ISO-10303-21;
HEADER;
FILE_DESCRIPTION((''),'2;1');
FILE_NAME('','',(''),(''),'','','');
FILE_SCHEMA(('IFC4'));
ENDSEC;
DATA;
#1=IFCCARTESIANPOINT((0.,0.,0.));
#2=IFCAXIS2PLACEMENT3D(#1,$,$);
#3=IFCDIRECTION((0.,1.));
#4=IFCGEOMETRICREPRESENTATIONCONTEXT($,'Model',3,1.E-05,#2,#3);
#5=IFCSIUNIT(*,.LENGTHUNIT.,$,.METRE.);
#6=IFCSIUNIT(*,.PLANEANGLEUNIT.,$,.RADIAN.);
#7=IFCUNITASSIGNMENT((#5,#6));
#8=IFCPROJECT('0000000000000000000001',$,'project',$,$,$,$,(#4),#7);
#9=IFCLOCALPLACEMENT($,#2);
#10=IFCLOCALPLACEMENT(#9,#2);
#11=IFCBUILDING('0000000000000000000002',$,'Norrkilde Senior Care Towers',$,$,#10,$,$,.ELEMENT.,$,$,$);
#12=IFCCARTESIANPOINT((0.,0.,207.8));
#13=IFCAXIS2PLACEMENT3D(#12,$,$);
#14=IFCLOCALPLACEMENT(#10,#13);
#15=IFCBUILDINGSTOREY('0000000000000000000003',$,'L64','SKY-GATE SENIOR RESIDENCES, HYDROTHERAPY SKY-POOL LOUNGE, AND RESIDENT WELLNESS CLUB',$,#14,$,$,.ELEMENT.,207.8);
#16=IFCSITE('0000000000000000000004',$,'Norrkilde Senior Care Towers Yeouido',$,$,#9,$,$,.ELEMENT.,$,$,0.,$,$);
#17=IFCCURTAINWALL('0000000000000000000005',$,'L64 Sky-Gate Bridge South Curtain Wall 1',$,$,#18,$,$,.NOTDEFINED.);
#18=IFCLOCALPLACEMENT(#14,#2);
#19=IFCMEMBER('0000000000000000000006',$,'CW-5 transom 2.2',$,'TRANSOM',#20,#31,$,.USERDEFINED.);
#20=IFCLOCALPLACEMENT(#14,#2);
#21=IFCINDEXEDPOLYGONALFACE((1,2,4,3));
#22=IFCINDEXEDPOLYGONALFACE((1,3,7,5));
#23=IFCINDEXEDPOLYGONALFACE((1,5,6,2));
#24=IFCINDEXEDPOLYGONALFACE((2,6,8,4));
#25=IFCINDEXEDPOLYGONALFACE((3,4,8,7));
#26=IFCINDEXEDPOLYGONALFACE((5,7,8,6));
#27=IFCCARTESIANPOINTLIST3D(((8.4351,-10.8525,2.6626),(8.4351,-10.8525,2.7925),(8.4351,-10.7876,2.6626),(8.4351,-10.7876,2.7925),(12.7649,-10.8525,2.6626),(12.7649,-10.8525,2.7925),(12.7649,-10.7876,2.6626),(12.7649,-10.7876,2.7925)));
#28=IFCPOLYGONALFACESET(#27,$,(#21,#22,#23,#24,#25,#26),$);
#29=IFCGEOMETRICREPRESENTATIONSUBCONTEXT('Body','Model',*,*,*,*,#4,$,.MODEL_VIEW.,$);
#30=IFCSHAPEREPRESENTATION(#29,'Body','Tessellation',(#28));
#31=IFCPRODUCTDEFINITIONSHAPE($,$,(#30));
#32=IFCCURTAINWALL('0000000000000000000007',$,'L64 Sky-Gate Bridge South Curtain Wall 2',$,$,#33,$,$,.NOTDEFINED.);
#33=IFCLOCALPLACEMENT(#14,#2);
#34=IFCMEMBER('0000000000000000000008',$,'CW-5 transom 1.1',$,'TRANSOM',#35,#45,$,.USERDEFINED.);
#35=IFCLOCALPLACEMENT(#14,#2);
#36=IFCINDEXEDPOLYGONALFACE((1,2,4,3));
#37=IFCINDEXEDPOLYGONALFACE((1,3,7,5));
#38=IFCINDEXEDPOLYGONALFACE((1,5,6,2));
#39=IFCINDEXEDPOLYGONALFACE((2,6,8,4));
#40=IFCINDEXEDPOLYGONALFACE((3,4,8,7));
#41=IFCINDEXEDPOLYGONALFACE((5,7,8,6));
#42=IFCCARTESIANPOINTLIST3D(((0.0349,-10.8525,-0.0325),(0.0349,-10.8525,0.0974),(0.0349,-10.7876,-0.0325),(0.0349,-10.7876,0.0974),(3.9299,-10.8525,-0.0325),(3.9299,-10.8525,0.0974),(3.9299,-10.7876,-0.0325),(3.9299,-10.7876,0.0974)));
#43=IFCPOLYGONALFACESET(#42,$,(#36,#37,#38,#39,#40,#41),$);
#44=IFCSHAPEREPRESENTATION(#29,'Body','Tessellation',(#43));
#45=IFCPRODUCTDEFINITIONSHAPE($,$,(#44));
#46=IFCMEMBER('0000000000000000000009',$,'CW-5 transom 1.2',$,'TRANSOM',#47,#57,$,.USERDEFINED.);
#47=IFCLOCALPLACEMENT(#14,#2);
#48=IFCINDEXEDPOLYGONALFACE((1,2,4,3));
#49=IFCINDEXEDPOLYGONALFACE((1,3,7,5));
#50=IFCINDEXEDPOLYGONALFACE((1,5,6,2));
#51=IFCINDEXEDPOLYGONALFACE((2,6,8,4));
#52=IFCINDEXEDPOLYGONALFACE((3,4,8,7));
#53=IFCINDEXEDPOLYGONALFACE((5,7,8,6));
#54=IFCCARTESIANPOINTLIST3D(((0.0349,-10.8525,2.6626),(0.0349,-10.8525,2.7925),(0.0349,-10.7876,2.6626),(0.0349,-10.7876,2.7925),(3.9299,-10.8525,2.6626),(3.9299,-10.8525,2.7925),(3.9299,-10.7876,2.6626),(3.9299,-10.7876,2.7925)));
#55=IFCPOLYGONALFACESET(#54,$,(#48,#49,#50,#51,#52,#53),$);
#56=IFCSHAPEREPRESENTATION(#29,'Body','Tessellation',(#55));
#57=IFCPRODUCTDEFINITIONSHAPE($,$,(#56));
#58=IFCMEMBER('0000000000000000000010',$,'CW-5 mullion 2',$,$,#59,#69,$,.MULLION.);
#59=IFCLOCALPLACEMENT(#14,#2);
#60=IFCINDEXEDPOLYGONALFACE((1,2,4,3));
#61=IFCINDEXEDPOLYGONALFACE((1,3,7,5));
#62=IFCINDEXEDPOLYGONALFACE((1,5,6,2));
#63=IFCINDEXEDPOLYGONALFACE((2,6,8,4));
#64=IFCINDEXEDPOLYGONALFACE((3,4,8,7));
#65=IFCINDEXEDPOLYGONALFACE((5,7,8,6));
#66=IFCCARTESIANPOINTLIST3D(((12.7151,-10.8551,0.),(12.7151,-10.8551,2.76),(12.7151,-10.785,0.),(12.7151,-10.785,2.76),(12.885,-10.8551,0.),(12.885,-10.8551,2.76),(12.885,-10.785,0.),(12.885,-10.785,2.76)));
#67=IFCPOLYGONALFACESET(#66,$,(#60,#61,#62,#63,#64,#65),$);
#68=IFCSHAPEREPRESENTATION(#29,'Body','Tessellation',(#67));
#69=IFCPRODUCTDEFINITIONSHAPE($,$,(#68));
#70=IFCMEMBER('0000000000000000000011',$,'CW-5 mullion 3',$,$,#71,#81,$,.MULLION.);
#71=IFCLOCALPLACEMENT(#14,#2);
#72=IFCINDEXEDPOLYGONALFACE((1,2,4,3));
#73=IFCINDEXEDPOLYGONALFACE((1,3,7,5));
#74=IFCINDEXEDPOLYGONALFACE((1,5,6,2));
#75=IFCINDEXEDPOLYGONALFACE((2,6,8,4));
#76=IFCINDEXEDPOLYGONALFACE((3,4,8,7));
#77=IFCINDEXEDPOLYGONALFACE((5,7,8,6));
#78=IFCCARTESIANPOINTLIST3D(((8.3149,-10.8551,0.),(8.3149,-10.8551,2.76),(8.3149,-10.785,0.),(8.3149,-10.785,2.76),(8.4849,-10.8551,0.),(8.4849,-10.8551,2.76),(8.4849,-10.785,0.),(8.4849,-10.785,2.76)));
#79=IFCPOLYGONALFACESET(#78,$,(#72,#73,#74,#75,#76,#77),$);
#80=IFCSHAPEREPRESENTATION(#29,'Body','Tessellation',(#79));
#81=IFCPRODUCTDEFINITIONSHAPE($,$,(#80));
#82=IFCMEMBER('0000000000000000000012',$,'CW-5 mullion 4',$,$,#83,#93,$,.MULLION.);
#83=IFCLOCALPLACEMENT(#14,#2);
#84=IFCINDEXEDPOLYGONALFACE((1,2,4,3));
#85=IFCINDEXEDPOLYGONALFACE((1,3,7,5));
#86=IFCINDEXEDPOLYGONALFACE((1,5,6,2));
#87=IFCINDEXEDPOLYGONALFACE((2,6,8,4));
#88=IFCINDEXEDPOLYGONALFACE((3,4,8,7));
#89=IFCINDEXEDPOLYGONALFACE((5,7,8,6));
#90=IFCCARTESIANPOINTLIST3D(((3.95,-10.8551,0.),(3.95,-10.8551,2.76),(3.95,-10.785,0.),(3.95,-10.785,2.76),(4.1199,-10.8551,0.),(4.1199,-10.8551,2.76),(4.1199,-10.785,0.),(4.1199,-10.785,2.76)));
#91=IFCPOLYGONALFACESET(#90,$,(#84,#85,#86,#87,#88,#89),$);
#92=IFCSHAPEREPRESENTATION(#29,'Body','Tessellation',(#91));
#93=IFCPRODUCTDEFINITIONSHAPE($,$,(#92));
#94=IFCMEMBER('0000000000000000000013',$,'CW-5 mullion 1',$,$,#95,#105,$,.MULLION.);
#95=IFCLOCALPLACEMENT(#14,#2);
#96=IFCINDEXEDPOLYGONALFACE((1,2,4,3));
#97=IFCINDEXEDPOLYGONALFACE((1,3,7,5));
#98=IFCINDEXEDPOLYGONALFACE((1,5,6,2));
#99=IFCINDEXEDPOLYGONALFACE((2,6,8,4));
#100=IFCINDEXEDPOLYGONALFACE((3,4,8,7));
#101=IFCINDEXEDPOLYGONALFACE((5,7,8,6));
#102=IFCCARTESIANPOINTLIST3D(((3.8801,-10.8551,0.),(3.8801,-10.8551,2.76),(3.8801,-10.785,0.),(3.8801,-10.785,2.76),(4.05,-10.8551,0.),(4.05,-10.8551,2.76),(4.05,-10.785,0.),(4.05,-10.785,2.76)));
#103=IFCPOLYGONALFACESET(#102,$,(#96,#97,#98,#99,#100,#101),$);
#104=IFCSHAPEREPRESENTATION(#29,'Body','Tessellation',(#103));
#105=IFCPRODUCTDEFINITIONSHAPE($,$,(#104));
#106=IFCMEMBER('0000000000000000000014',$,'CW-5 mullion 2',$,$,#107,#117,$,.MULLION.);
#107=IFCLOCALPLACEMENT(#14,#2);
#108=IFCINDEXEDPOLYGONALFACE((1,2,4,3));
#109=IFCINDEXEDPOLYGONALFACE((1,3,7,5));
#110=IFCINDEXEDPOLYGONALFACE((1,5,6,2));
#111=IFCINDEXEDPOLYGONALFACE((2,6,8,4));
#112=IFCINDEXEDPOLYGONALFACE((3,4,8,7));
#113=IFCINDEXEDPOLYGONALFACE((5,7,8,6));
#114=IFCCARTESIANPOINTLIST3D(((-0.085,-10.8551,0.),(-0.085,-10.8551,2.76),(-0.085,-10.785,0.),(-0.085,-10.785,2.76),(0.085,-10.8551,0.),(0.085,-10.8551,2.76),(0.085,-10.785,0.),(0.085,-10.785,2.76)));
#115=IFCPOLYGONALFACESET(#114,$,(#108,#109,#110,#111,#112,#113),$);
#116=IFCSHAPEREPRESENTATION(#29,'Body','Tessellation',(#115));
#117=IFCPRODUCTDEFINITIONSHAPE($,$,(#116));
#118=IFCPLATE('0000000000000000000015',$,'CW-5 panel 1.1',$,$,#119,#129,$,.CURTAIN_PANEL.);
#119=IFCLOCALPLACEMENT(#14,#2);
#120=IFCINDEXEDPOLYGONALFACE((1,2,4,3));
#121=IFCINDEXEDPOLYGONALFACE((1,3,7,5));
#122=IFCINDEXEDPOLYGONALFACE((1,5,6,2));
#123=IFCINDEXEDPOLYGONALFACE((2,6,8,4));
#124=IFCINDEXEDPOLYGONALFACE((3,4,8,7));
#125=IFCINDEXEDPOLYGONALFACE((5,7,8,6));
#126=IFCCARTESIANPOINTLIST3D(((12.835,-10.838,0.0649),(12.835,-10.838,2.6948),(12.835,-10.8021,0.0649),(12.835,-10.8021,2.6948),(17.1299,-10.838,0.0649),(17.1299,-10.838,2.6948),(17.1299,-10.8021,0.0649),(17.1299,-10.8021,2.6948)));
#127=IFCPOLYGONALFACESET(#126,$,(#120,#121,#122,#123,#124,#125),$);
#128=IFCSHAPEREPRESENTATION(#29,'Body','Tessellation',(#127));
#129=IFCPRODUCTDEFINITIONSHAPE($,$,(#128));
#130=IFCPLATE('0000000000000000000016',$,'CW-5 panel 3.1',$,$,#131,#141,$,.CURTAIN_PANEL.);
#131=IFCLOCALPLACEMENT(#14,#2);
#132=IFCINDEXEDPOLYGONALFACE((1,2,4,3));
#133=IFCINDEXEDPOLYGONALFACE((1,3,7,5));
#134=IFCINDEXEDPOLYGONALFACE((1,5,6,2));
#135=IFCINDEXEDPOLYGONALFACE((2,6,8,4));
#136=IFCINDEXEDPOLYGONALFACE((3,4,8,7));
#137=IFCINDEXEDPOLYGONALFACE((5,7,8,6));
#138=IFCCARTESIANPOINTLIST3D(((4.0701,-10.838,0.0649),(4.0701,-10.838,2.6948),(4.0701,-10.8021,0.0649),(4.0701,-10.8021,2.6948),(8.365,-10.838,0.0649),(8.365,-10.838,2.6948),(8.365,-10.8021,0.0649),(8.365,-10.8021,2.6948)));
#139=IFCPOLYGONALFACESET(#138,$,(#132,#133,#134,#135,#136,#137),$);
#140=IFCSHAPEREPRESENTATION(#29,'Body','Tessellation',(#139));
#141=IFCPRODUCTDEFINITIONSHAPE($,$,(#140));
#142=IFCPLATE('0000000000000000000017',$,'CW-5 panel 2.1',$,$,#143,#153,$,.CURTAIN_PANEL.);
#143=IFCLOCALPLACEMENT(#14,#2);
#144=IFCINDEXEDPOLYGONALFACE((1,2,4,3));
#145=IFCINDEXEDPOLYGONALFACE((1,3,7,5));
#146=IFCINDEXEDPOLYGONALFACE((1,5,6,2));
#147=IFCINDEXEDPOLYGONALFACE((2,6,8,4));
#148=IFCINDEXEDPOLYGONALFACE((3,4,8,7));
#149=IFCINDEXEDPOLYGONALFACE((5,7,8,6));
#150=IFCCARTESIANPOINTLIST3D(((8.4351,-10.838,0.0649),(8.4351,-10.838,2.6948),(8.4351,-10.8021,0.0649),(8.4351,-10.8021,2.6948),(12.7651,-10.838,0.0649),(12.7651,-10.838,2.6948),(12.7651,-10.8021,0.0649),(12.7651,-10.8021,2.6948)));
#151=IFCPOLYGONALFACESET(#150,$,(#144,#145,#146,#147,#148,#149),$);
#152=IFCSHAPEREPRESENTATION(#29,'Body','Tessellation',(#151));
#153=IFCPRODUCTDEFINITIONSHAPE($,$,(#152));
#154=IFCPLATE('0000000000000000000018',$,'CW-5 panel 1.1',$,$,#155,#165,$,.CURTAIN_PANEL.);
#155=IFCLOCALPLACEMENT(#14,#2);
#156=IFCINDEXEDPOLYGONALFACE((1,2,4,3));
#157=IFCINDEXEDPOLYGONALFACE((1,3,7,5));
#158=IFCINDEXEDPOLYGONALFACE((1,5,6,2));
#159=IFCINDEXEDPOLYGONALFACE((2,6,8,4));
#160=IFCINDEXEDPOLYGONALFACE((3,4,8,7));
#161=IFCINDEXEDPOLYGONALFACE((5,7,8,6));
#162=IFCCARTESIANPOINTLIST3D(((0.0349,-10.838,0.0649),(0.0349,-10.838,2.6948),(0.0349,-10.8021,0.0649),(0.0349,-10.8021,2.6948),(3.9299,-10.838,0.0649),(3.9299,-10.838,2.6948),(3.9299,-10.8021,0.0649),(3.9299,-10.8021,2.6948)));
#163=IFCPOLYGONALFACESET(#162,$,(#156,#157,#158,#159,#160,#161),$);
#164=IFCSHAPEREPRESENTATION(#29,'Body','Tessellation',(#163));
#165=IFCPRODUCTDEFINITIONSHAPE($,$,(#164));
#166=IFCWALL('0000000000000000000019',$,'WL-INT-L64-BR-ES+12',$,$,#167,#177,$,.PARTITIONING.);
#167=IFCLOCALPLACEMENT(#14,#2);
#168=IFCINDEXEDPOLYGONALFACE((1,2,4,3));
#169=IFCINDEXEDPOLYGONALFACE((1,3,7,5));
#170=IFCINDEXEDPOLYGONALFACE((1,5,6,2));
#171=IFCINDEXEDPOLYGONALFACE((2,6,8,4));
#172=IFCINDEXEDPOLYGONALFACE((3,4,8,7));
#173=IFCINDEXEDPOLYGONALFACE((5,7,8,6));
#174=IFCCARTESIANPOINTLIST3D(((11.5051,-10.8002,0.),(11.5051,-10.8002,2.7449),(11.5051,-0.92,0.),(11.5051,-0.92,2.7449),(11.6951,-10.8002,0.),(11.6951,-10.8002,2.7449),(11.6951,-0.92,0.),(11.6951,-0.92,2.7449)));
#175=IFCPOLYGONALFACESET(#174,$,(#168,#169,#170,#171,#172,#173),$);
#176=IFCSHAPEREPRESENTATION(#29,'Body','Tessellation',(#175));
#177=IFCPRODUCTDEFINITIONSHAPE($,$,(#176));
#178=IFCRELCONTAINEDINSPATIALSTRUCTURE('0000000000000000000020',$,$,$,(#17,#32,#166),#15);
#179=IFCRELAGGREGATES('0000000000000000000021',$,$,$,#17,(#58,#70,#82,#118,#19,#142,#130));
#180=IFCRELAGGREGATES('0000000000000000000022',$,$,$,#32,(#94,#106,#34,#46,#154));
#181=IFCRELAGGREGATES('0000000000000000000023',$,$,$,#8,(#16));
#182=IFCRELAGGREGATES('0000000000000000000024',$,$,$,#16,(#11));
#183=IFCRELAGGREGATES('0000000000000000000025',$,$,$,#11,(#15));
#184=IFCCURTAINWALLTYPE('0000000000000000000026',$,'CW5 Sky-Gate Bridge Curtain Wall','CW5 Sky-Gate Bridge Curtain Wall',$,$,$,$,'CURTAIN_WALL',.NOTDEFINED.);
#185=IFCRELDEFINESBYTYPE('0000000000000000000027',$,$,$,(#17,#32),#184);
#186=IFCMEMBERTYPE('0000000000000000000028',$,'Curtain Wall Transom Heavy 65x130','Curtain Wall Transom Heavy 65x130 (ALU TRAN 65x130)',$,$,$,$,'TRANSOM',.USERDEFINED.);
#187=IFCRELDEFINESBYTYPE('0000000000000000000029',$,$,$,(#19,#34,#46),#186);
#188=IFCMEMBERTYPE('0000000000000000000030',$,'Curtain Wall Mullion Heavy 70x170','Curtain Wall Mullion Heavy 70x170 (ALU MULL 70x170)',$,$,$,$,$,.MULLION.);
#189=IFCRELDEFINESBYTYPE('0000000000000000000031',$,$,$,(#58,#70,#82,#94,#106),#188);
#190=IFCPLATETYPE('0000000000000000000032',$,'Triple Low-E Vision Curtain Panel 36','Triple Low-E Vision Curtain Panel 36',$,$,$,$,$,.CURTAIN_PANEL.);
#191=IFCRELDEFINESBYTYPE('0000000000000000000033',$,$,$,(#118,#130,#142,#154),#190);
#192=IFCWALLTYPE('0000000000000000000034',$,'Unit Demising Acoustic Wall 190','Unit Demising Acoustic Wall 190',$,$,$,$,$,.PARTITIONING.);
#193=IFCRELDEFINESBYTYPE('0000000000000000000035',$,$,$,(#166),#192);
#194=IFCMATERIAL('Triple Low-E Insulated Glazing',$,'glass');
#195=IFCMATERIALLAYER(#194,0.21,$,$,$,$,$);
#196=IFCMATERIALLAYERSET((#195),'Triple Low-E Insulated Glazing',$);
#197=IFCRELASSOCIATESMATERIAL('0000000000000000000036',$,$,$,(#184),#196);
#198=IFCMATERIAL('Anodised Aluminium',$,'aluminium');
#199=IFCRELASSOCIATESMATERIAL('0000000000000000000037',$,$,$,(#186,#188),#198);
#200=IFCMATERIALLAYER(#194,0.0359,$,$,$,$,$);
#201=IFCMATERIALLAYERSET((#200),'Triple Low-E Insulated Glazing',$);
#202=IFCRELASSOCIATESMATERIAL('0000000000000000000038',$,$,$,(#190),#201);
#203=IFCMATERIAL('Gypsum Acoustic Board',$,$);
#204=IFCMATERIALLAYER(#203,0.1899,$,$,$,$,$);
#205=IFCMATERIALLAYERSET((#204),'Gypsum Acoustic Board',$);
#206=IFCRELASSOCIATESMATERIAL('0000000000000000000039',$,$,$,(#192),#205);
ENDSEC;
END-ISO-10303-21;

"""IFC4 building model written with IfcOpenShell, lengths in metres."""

from ifc_helpers import new_model, si_unit, direction, frame, frame_2d, origin, origin_2d, place, context, subcontext, project, spatial, rectangle, extrude, source, transform, mapped, material, layer, layer_set, material_profile, profile_set, type_object, type_shapes, element, aggregate, save


model = new_model("IFC4")

# Units and contexts
model_context = context("Model", 3, precision=1e-05, world=origin(), true_north=direction((0.0, 1.0)))
body_context = subcontext(model_context, "Body", "Model", "MODEL_VIEW")
ifc_project = project(units=[si_unit("LENGTHUNIT", "METRE"), si_unit("PLANEANGLEUNIT", "RADIAN")], contexts=[model_context])

# Site, building, storey
site_placement = place(None, origin())
site = spatial("IfcSite", under=ifc_project, at=site_placement, Name="Norrkilde Senior Care Towers Yeouido", CompositionType="ELEMENT", RefElevation=0.0)
building_placement = place(site_placement, origin())
building = spatial("IfcBuilding", under=site, at=building_placement, Name="Norrkilde Senior Care Towers", CompositionType="ELEMENT")
storey_placement = place(building_placement, frame((0.0, 0.0, 207.8)))
storey = spatial("IfcBuildingStorey", under=building, at=storey_placement, Name="L64", Description="SKY-GATE SENIOR RESIDENCES, HYDROTHERAPY SKY-POOL LOUNGE, AND RESIDENT WELLNESS CLUB", CompositionType="ELEMENT", Elevation=207.8)

# Curtain walls, members
ifc_material_1 = material(Name="Triple Low-E Insulated Glazing", Category="glass")
ifc_layer_1 = layer(ifc_material_1, 0.21)
ifc_layer_set_1 = layer_set([ifc_layer_1], Name="Triple Low-E Insulated Glazing")
curtain_wall_type = type_object("IfcCurtainWallType", Name="CW5 Sky-Gate Bridge Curtain Wall", Description="CW5 Sky-Gate Bridge Curtain Wall", ElementType="CURTAIN_WALL", PredefinedType="NOTDEFINED", material=ifc_layer_set_1)
curtain_wall_1_placement = place(storey_placement, origin())
curtain_wall_1 = element("IfcCurtainWall", 1, at=curtain_wall_1_placement, inside=storey, type_object=curtain_wall_type, Name="L64 Sky-Gate Bridge South Curtain Wall 1", PredefinedType="NOTDEFINED")
ifc_material_2 = material(Name="Anodised Aluminium", Category="aluminium")
ifc_material_profile_1 = material_profile(ifc_material_2, rectangle(XDim=0.0649, YDim=0.1299, at=origin_2d()), Name="ALU TRAN 65x130")
ifc_profile_set_1 = profile_set([ifc_material_profile_1], Name="Anodised Aluminium")
member_type_1 = type_object("IfcMemberType", Name="Curtain Wall Transom Heavy 65x130", Description="Curtain Wall Transom Heavy 65x130 (ALU TRAN 65x130)", ElementType="TRANSOM", PredefinedType="USERDEFINED", material=ifc_profile_set_1)
shared_shape_1 = source(origin(), body_context, "Body", "SweptSolid", [
    extrude(rectangle(XDim=0.0649, YDim=0.1299, at=origin_2d()), origin(), (0.0, 0.0, 1.0), 4.3298),
])
member_1_placement = place(storey_placement, frame((12.7649, -10.8201, 2.7275), z_axis=(-1.0, 0.0, 0.0), x_axis=(0.0, -1.0, 0.0)))
member_1 = element("IfcMember", 2, at=member_1_placement, type_object=member_type_1, Name="CW-5 transom 2.2", ObjectType="TRANSOM", PredefinedType="USERDEFINED", context=body_context, shape_type="MappedRepresentation", body=[
    mapped(shared_shape_1, transform((0.0, 0.0, 0.0), x_axis=(1.0, 0.0, 0.0), y_axis=(0.0, 1.0, 0.0), z_axis=(0.0, 0.0, 1.0), scale=1.0)),
])
curtain_wall_2_placement = place(storey_placement, origin())
curtain_wall_2 = element("IfcCurtainWall", 3, at=curtain_wall_2_placement, inside=storey, type_object=curtain_wall_type, Name="L64 Sky-Gate Bridge South Curtain Wall 2", PredefinedType="NOTDEFINED")
shared_shape_2 = source(origin(), body_context, "Body", "SweptSolid", [
    extrude(rectangle(XDim=0.0649, YDim=0.1299, at=origin_2d()), origin(), (0.0, 0.0, 1.0), 3.895),
])
member_2_placement = place(storey_placement, frame((3.9299, -10.8201, 0.0325), z_axis=(-1.0, 0.0, 0.0), x_axis=(0.0, -1.0, 0.0)))
member_2 = element("IfcMember", 4, at=member_2_placement, type_object=member_type_1, Name="CW-5 transom 1.1", ObjectType="TRANSOM", PredefinedType="USERDEFINED", context=body_context, shape_type="MappedRepresentation", body=[
    mapped(shared_shape_2, transform((0.0, 0.0, 0.0), x_axis=(1.0, 0.0, 0.0), y_axis=(0.0, 1.0, 0.0), z_axis=(0.0, 0.0, 1.0), scale=1.0)),
])
member_3_placement = place(storey_placement, frame((3.9299, -10.8201, 2.7275), z_axis=(-1.0, 0.0, 0.0), x_axis=(0.0, -1.0, 0.0)))
member_3 = element("IfcMember", 5, at=member_3_placement, type_object=member_type_1, Name="CW-5 transom 1.2", ObjectType="TRANSOM", PredefinedType="USERDEFINED", context=body_context, shape_type="MappedRepresentation", body=[
    mapped(shared_shape_2, transform((0.0, 0.0, 0.0), x_axis=(1.0, 0.0, 0.0), y_axis=(0.0, 1.0, 0.0), z_axis=(0.0, 0.0, 1.0), scale=1.0)),
])

# Members
ifc_material_profile_2 = material_profile(ifc_material_2, rectangle(XDim=0.0701, YDim=0.1699, at=origin_2d()), Name="ALU MULL 70x170")
ifc_profile_set_2 = profile_set([ifc_material_profile_2], Name="Anodised Aluminium")
member_type_2 = type_object("IfcMemberType", Name="Curtain Wall Mullion Heavy 70x170", Description="Curtain Wall Mullion Heavy 70x170 (ALU MULL 70x170)", PredefinedType="MULLION", material=ifc_profile_set_2)
shared_shape_3 = source(origin(), body_context, "Body", "SweptSolid", [
    extrude(rectangle(XDim=0.0701, YDim=0.1699, at=origin_2d()), origin(), (0.0, 0.0, 1.0), 2.76),
])
type_shapes(member_type_2, [shared_shape_3])
member_4_placement = place(storey_placement, frame((12.8, -10.8201, 0.0), z_axis=(0.0, 0.0, 1.0), x_axis=(0.0, -1.0, 0.0)))
member_4 = element("IfcMember", 6, at=member_4_placement, type_object=member_type_2, Name="CW-5 mullion 2", PredefinedType="MULLION", context=body_context, shape_type="MappedRepresentation", body=[
    mapped(shared_shape_3, transform((0.0, 0.0, 0.0), x_axis=(1.0, 0.0, 0.0), y_axis=(0.0, 1.0, 0.0), z_axis=(0.0, 0.0, 1.0), scale=1.0)),
])
member_5_placement = place(storey_placement, frame((8.3999, -10.8201, 0.0), z_axis=(0.0, 0.0, 1.0), x_axis=(0.0, -1.0, 0.0)))
member_5 = element("IfcMember", 7, at=member_5_placement, type_object=member_type_2, Name="CW-5 mullion 3", PredefinedType="MULLION", context=body_context, shape_type="MappedRepresentation", body=[
    mapped(shared_shape_3, transform((0.0, 0.0, 0.0), x_axis=(1.0, 0.0, 0.0), y_axis=(0.0, 1.0, 0.0), z_axis=(0.0, 0.0, 1.0), scale=1.0)),
])
member_6_placement = place(storey_placement, frame((4.0349, -10.8201, 0.0), z_axis=(0.0, 0.0, 1.0), x_axis=(0.0, -1.0, 0.0)))
member_6 = element("IfcMember", 8, at=member_6_placement, type_object=member_type_2, Name="CW-5 mullion 4", PredefinedType="MULLION", context=body_context, shape_type="MappedRepresentation", body=[
    mapped(shared_shape_3, transform((0.0, 0.0, 0.0), x_axis=(1.0, 0.0, 0.0), y_axis=(0.0, 1.0, 0.0), z_axis=(0.0, 0.0, 1.0), scale=1.0)),
])
member_7_placement = place(storey_placement, frame((3.9651, -10.8201, 0.0), z_axis=(0.0, 0.0, 1.0), x_axis=(0.0, -1.0, 0.0)))
member_7 = element("IfcMember", 9, at=member_7_placement, type_object=member_type_2, Name="CW-5 mullion 1", PredefinedType="MULLION", context=body_context, shape_type="MappedRepresentation", body=[
    mapped(shared_shape_3, transform((0.0, 0.0, 0.0), x_axis=(1.0, 0.0, 0.0), y_axis=(0.0, 1.0, 0.0), z_axis=(0.0, 0.0, 1.0), scale=1.0)),
])
member_8_placement = place(storey_placement, frame((0.0, -10.8201, 0.0), z_axis=(0.0, 0.0, 1.0), x_axis=(0.0, -1.0, 0.0)))
member_8 = element("IfcMember", 10, at=member_8_placement, type_object=member_type_2, Name="CW-5 mullion 2", PredefinedType="MULLION", context=body_context, shape_type="MappedRepresentation", body=[
    mapped(shared_shape_3, transform((0.0, 0.0, 0.0), x_axis=(1.0, 0.0, 0.0), y_axis=(0.0, 1.0, 0.0), z_axis=(0.0, 0.0, 1.0), scale=1.0)),
])

# Plates
ifc_layer_2 = layer(ifc_material_1, 0.0359)
ifc_layer_set_2 = layer_set([ifc_layer_2], Name="Triple Low-E Insulated Glazing")
plate_type = type_object("IfcPlateType", Name="Triple Low-E Vision Curtain Panel 36", Description="Triple Low-E Vision Curtain Panel 36", PredefinedType="CURTAIN_PANEL", material=ifc_layer_set_2)
shared_shape_4 = source(origin(), body_context, "Body", "SweptSolid", [
    extrude(rectangle(XDim=4.2949, YDim=0.0359, at=origin_2d()), origin(), (0.0, 0.0, 1.0), 2.6299),
])
plate_1_placement = place(storey_placement, frame((14.9824, -10.8201, 0.0649), z_axis=(0.0, 0.0, 1.0), x_axis=(-1.0, 0.0, 0.0)))
plate_1 = element("IfcPlate", 11, at=plate_1_placement, type_object=plate_type, Name="CW-5 panel 1.1", PredefinedType="CURTAIN_PANEL", context=body_context, shape_type="MappedRepresentation", body=[
    mapped(shared_shape_4, transform((0.0, 0.0, 0.0), x_axis=(1.0, 0.0, 0.0), y_axis=(0.0, 1.0, 0.0), z_axis=(0.0, 0.0, 1.0), scale=1.0)),
])
plate_2_placement = place(storey_placement, frame((6.2175, -10.8201, 0.0649), z_axis=(0.0, 0.0, 1.0), x_axis=(-1.0, 0.0, 0.0)))
plate_2 = element("IfcPlate", 12, at=plate_2_placement, type_object=plate_type, Name="CW-5 panel 3.1", PredefinedType="CURTAIN_PANEL", context=body_context, shape_type="MappedRepresentation", body=[
    mapped(shared_shape_4, transform((0.0, 0.0, 0.0), x_axis=(1.0, 0.0, 0.0), y_axis=(0.0, 1.0, 0.0), z_axis=(0.0, 0.0, 1.0), scale=1.0)),
])
shared_shape_5 = source(origin(), body_context, "Body", "SweptSolid", [
    extrude(rectangle(XDim=4.3301, YDim=0.0359, at=origin_2d()), origin(), (0.0, 0.0, 1.0), 2.6299),
])
plate_3_placement = place(storey_placement, frame((10.6001, -10.8201, 0.0649), z_axis=(0.0, 0.0, 1.0), x_axis=(-1.0, 0.0, 0.0)))
plate_3 = element("IfcPlate", 13, at=plate_3_placement, type_object=plate_type, Name="CW-5 panel 2.1", PredefinedType="CURTAIN_PANEL", context=body_context, shape_type="MappedRepresentation", body=[
    mapped(shared_shape_5, transform((0.0, 0.0, 0.0), x_axis=(1.0, 0.0, 0.0), y_axis=(0.0, 1.0, 0.0), z_axis=(0.0, 0.0, 1.0), scale=1.0)),
])
aggregate(curtain_wall_1, [member_4, member_5, member_6, plate_1, member_1, plate_3, plate_2])
shared_shape_6 = source(origin(), body_context, "Body", "SweptSolid", [
    extrude(rectangle(XDim=3.895, YDim=0.0359, at=origin_2d()), origin(), (0.0, 0.0, 1.0), 2.6299),
])
type_shapes(plate_type, [shared_shape_4, shared_shape_5, shared_shape_6])
plate_4_placement = place(storey_placement, frame((1.9824, -10.8201, 0.0649), z_axis=(0.0, 0.0, 1.0), x_axis=(-1.0, 0.0, 0.0)))
plate_4 = element("IfcPlate", 14, at=plate_4_placement, type_object=plate_type, Name="CW-5 panel 1.1", PredefinedType="CURTAIN_PANEL", context=body_context, shape_type="MappedRepresentation", body=[
    mapped(shared_shape_6, transform((0.0, 0.0, 0.0), x_axis=(1.0, 0.0, 0.0), y_axis=(0.0, 1.0, 0.0), z_axis=(0.0, 0.0, 1.0), scale=1.0)),
])
aggregate(curtain_wall_2, [member_7, member_8, member_2, member_3, plate_4])

# Wall
ifc_material_3 = material(Name="Gypsum Acoustic Board")
ifc_layer_3 = layer(ifc_material_3, 0.1899)
ifc_layer_set_3 = layer_set([ifc_layer_3], Name="Gypsum Acoustic Board")
wall_type = type_object("IfcWallType", Name="Unit Demising Acoustic Wall 190", Description="Unit Demising Acoustic Wall 190", PredefinedType="PARTITIONING", material=ifc_layer_set_3)
shared_shape_7 = source(origin(), body_context, "Body", "SweptSolid", [
    extrude(rectangle(XDim=9.8801, YDim=0.1899, at=frame_2d((4.9399, 0.0))), origin(), (0.0, 0.0, 1.0), 2.7449),
])
wall_placement = place(storey_placement, frame((11.6001, -10.8, 0.0), z_axis=(0.0, 0.0, 1.0), x_axis=(0.0, 1.0, 0.0)))
element("IfcWall", 15, at=wall_placement, inside=storey, type_object=wall_type, Name="WL-INT-L64-BR-ES+12", PredefinedType="PARTITIONING", context=body_context, shape_type="MappedRepresentation", body=[
    mapped(shared_shape_7, transform((0.0, 0.0, 0.0), x_axis=(1.0, 0.0, 0.0), y_axis=(0.0, 1.0, 0.0), z_axis=(0.0, 0.0, 1.0), scale=1.0)),
])

save(model, "model.ifc")
